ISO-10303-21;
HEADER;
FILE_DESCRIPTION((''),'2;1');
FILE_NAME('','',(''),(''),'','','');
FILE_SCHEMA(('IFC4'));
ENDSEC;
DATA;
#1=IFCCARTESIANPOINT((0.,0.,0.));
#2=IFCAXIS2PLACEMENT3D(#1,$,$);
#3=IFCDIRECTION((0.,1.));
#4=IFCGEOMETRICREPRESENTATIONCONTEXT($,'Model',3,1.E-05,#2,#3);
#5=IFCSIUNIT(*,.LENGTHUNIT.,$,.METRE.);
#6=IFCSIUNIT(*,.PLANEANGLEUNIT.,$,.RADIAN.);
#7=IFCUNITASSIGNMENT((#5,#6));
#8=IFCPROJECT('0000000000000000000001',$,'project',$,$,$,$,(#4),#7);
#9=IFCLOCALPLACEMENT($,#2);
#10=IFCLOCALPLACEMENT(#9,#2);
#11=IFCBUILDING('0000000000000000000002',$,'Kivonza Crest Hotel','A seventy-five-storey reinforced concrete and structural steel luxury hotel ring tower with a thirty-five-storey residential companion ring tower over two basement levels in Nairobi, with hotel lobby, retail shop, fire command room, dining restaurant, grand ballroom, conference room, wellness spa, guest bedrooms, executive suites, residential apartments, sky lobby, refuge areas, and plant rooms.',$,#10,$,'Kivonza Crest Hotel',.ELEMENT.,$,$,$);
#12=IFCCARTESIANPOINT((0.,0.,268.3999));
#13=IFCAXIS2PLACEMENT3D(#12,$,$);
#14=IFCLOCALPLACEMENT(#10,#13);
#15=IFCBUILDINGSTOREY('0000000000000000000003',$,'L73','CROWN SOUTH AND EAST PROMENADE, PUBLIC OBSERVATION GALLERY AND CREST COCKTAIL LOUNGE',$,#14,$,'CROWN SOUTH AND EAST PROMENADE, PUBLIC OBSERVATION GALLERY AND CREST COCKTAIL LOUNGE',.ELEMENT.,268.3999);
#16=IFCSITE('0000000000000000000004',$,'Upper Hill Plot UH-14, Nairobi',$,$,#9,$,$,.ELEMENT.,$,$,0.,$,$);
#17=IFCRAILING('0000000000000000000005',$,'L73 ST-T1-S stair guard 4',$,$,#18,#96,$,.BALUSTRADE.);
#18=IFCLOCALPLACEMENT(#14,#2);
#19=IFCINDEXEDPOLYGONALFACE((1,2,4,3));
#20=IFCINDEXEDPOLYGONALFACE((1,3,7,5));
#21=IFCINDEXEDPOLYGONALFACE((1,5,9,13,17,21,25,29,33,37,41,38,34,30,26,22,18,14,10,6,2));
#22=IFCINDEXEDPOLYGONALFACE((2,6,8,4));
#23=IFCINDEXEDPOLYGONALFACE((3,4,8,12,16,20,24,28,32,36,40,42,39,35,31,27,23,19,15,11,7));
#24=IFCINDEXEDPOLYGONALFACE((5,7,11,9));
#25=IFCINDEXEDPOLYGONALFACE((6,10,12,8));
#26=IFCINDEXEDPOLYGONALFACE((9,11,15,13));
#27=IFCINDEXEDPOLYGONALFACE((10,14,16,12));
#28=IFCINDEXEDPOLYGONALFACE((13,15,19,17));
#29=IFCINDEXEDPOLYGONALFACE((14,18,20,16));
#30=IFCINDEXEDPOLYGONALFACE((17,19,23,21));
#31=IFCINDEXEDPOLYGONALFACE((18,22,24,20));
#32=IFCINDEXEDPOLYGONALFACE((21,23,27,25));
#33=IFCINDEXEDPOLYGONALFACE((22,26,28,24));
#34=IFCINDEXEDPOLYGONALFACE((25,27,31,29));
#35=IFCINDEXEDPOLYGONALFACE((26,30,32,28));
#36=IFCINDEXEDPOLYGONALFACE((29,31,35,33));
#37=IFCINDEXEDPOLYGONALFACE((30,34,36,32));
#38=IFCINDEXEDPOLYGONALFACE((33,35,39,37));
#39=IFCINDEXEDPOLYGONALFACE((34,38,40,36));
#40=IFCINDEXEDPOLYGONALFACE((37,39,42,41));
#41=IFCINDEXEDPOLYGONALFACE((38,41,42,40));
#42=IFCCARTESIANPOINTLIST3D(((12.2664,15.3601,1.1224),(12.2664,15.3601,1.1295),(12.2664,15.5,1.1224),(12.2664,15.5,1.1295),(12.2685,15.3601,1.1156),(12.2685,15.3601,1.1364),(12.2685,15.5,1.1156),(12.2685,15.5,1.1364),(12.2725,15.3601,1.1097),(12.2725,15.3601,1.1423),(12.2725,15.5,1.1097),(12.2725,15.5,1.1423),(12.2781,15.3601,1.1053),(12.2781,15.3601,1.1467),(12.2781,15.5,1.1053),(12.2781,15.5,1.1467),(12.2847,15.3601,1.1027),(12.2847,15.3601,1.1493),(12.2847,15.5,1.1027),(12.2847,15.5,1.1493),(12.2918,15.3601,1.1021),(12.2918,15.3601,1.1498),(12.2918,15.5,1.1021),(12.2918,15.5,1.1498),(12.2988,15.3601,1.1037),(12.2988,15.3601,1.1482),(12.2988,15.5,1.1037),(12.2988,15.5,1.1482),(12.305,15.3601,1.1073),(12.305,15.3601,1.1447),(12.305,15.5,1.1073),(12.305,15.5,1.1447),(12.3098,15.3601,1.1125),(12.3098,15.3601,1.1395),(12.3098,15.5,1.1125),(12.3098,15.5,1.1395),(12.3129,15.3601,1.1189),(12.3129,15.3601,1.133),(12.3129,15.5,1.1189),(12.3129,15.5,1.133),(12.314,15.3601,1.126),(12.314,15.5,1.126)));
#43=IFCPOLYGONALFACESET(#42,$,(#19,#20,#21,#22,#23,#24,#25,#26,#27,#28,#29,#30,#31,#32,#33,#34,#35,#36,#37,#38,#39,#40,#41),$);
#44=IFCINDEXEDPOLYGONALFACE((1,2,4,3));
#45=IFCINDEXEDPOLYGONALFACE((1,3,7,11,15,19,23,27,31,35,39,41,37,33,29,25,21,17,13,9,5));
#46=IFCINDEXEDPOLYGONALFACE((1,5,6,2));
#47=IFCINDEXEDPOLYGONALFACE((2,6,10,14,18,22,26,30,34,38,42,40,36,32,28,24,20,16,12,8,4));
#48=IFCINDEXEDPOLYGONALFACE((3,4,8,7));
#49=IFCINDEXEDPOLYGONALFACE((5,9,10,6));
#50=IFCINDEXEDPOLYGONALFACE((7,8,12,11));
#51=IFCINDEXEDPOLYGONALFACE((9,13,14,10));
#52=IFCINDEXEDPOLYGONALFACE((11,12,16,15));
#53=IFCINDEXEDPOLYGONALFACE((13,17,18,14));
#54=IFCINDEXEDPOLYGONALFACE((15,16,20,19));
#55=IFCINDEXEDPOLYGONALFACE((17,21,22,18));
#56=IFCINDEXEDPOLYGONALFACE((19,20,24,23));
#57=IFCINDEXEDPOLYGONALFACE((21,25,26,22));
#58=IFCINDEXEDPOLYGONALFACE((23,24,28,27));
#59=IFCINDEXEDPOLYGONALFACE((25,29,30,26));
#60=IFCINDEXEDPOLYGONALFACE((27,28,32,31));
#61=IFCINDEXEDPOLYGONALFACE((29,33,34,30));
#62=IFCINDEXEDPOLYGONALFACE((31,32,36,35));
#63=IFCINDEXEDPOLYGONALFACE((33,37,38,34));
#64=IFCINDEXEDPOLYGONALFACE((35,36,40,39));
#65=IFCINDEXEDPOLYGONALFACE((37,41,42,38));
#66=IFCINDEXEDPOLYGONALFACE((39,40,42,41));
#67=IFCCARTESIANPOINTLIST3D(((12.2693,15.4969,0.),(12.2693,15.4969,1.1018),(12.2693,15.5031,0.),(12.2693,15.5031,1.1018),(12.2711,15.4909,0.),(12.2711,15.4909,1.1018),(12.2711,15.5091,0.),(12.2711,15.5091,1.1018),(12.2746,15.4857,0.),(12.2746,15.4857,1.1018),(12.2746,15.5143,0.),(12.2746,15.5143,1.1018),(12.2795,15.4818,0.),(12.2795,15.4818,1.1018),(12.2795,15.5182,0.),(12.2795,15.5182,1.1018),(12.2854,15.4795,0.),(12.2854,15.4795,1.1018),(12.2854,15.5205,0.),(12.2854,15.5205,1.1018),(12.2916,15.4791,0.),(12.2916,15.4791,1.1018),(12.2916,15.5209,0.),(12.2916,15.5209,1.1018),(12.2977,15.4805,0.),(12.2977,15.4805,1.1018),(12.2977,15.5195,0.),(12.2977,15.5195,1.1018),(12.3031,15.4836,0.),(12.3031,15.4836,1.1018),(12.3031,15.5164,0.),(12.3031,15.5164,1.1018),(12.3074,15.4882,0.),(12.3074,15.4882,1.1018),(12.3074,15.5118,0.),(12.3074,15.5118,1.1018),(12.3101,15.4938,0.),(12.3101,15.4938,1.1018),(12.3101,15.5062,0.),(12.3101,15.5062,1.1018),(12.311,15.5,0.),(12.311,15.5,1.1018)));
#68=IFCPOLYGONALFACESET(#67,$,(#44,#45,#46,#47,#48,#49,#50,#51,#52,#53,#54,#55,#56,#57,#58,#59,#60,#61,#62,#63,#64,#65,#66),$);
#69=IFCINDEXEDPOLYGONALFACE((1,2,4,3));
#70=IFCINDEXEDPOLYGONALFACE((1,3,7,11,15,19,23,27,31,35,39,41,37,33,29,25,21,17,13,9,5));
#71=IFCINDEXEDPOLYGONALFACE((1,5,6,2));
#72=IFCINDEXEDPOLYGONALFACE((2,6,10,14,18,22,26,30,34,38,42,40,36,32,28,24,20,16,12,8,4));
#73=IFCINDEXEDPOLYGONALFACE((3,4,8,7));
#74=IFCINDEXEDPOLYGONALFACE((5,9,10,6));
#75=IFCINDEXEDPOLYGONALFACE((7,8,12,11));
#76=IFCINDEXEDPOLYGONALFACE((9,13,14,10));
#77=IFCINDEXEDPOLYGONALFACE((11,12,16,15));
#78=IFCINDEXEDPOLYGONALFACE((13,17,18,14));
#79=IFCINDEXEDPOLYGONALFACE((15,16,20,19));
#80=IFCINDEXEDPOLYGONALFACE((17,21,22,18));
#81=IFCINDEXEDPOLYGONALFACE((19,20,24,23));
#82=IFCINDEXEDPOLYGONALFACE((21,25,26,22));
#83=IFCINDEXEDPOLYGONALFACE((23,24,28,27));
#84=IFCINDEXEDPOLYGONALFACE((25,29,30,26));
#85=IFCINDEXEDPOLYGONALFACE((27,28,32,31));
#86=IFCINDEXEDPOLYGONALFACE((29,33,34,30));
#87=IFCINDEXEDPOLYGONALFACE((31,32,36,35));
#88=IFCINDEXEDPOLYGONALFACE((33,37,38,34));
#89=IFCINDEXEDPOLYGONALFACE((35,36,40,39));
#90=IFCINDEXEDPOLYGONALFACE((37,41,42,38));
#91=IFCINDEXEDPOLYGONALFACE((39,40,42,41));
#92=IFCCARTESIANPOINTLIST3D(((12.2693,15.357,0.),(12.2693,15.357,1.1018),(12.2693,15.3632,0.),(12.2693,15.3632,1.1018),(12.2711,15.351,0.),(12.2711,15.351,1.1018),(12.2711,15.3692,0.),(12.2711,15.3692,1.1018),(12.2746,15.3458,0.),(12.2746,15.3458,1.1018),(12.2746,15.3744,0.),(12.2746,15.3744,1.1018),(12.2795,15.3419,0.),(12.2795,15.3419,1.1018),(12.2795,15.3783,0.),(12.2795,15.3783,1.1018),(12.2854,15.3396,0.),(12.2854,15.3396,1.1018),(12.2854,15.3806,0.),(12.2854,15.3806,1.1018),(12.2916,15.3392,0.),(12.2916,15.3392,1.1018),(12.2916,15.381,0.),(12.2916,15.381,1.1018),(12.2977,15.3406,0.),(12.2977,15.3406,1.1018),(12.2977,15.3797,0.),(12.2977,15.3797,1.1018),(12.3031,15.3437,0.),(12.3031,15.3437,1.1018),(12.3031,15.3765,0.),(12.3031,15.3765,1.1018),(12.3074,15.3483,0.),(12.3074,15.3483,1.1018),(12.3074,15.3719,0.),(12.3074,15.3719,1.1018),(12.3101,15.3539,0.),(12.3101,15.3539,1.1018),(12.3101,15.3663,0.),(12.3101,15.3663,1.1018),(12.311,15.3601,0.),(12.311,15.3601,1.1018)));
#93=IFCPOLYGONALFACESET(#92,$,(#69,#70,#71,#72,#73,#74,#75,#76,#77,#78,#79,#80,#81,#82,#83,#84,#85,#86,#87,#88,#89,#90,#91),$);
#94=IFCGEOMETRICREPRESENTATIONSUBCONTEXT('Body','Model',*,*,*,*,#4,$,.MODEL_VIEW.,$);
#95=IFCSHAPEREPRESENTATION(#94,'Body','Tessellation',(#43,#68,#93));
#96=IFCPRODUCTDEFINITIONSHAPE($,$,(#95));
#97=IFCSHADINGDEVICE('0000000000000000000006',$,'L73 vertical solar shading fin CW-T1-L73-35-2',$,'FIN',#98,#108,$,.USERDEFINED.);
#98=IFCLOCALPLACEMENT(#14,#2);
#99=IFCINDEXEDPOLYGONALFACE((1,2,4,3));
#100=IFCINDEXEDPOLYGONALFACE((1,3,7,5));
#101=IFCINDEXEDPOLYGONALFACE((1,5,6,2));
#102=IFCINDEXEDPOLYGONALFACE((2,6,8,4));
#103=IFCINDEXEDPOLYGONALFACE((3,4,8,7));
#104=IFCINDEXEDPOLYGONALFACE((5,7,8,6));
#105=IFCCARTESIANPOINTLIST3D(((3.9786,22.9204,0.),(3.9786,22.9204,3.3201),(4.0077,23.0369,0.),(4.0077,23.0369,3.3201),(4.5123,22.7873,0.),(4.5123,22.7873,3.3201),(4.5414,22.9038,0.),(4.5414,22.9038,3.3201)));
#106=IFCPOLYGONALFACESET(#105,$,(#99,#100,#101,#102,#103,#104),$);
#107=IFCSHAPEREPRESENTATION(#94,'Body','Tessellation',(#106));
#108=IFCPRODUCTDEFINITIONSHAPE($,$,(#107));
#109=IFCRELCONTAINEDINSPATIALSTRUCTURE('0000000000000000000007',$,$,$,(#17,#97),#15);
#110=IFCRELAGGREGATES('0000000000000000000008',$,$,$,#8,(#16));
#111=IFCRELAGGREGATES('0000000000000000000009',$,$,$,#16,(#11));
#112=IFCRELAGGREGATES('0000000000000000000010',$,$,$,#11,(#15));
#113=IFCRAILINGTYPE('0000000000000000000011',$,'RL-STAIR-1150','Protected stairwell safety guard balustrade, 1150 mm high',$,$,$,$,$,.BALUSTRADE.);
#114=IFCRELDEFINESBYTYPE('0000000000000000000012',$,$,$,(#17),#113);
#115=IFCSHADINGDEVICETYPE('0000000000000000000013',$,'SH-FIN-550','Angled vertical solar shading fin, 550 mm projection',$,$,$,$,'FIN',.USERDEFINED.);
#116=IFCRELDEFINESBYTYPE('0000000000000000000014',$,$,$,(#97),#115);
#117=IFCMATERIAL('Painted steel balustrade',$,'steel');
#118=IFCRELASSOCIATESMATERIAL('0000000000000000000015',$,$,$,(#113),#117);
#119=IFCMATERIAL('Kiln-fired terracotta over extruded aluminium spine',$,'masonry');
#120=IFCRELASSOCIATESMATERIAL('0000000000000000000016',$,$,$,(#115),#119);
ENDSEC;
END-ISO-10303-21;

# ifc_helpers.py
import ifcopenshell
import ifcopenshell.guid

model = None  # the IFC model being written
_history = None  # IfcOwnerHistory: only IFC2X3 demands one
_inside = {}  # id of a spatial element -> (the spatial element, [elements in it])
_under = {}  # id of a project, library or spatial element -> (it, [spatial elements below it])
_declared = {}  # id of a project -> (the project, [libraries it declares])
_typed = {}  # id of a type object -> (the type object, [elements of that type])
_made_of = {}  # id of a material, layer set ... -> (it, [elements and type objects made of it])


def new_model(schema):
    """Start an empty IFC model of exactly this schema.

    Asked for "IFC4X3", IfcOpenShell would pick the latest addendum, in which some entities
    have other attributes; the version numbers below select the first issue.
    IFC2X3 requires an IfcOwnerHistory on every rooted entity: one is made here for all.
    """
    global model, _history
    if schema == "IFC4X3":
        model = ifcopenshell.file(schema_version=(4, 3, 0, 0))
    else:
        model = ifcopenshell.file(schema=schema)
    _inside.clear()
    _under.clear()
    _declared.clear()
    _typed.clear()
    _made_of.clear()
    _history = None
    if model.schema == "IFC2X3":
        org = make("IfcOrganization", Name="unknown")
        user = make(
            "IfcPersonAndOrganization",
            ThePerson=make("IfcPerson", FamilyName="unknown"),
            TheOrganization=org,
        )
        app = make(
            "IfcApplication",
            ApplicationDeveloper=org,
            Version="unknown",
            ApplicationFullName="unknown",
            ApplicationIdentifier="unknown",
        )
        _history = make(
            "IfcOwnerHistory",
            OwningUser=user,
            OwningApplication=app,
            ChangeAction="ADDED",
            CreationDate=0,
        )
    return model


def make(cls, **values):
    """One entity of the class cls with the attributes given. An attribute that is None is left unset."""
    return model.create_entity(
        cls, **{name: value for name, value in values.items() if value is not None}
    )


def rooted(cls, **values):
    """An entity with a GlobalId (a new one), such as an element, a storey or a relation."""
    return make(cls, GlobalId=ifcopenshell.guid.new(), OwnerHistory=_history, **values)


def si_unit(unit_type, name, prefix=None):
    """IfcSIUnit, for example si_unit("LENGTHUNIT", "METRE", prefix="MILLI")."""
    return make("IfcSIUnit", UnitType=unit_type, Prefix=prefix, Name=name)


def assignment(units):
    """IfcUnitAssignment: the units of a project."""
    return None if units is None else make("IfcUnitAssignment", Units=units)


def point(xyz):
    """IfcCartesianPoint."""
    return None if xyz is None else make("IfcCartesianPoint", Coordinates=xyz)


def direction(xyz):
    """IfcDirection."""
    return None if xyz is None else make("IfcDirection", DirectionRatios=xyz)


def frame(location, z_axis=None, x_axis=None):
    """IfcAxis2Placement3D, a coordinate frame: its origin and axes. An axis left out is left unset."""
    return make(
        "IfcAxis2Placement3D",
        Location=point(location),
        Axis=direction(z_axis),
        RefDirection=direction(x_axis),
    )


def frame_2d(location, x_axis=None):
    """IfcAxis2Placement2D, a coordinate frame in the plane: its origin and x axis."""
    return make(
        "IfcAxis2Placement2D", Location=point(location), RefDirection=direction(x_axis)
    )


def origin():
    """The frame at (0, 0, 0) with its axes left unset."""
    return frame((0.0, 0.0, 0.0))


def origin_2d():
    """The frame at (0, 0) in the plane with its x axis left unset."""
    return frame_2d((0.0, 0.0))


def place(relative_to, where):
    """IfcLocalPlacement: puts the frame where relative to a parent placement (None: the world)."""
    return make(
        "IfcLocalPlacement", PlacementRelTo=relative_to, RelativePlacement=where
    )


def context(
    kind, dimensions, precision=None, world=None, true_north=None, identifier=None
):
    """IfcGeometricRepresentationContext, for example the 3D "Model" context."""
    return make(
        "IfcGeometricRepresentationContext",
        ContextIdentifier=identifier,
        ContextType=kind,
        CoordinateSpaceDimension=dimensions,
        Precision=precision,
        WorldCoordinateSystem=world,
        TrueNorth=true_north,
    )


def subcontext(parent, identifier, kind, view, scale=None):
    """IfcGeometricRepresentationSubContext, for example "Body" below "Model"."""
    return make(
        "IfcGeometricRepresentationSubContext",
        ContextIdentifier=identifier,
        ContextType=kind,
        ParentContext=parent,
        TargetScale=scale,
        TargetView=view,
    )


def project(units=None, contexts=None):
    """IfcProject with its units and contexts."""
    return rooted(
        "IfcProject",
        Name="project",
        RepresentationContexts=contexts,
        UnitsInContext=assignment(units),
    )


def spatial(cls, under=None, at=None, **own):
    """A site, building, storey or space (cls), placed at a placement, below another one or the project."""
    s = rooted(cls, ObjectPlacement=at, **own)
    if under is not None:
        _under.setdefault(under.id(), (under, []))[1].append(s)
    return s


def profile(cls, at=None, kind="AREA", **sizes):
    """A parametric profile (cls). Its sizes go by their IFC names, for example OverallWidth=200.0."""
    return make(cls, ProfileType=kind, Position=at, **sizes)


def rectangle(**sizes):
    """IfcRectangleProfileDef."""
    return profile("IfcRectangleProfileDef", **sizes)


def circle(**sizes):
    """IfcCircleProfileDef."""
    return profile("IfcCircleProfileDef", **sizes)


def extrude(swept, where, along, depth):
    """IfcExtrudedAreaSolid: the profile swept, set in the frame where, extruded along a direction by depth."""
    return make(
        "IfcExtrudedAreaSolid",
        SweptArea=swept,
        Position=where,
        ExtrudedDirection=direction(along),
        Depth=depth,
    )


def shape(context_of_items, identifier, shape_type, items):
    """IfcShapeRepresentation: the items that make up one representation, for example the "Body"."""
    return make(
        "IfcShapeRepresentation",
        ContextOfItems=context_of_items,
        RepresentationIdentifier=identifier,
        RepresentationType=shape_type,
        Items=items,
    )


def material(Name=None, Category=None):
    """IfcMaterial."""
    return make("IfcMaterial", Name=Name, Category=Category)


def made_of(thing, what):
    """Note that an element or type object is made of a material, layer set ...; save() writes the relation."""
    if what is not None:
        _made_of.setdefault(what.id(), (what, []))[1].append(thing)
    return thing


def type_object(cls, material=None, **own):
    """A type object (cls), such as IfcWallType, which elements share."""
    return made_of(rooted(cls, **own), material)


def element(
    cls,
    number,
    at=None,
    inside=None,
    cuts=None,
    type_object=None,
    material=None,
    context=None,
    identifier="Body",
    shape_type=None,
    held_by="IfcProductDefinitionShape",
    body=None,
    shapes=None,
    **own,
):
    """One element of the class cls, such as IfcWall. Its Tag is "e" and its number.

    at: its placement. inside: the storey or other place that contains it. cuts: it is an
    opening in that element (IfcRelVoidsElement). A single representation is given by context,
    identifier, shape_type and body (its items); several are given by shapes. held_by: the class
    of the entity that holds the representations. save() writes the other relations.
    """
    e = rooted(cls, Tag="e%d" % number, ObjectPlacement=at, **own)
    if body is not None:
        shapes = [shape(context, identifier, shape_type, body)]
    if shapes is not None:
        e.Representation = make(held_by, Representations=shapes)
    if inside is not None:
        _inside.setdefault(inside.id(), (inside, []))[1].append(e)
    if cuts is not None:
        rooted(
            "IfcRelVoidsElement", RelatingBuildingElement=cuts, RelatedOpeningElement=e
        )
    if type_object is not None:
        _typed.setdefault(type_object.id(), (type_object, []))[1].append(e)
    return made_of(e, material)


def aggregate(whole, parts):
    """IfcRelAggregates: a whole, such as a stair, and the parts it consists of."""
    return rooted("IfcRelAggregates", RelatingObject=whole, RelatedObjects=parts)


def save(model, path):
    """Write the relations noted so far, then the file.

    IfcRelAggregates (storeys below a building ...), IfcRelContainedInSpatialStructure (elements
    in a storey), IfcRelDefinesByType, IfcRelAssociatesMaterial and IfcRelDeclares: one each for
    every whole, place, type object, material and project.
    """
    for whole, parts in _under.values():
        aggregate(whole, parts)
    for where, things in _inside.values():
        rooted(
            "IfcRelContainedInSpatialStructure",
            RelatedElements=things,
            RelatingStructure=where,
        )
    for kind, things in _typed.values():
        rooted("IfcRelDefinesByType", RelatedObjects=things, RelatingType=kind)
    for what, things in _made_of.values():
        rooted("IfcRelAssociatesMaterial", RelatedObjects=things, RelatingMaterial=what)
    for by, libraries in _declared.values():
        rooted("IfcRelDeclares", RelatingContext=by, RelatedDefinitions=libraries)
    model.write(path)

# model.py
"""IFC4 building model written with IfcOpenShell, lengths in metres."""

from ifc_helpers import new_model, si_unit, direction, frame, origin, origin_2d, place, context, subcontext, project, spatial, rectangle, circle, extrude, material, type_object, element, save


model = new_model("IFC4")

# Units and contexts
model_context = context("Model", 3, precision=1e-05, world=origin(), true_north=direction((0.0, 1.0)))
body_context = subcontext(model_context, "Body", "Model", "MODEL_VIEW")
ifc_project = project(units=[si_unit("LENGTHUNIT", "METRE"), si_unit("PLANEANGLEUNIT", "RADIAN")], contexts=[model_context])

# Site, building, storey
site_placement = place(None, origin())
site = spatial("IfcSite", under=ifc_project, at=site_placement, Name="Upper Hill Plot UH-14, Nairobi", CompositionType="ELEMENT", RefElevation=0.0)
building_placement = place(site_placement, origin())
building = spatial("IfcBuilding", under=site, at=building_placement, Name="Kivonza Crest Hotel", Description="A seventy-five-storey reinforced concrete and structural steel luxury hotel ring tower with a thirty-five-storey residential companion ring tower over two basement levels in Nairobi, with hotel lobby, retail shop, fire command room, dining restaurant, grand ballroom, conference room, wellness spa, guest bedrooms, executive suites, residential apartments, sky lobby, refuge areas, and plant rooms.", LongName="Kivonza Crest Hotel", CompositionType="ELEMENT")
storey_placement = place(building_placement, frame((0.0, 0.0, 268.3999)))
storey = spatial("IfcBuildingStorey", under=building, at=storey_placement, Name="L73", Description="CROWN SOUTH AND EAST PROMENADE, PUBLIC OBSERVATION GALLERY AND CREST COCKTAIL LOUNGE", LongName="CROWN SOUTH AND EAST PROMENADE, PUBLIC OBSERVATION GALLERY AND CREST COCKTAIL LOUNGE", CompositionType="ELEMENT", Elevation=268.3999)

# Railing
ifc_material_1 = material(Name="Painted steel balustrade", Category="steel")
railing_type_1 = type_object("IfcRailingType", Name="RL-STAIR-1150", Description="Protected stairwell safety guard balustrade, 1150 mm high", PredefinedType="BALUSTRADE", material=ifc_material_1)
railing_1_placement = place(storey_placement, frame((12.29, 15.5, 0.0)))
element("IfcRailing", 1, at=railing_1_placement, inside=storey, type_object=railing_type_1, Name="L73 ST-T1-S stair guard 4", PredefinedType="BALUSTRADE", context=body_context, shape_type="SweptSolid", body=[
    extrude(circle(Radius=0.0239, at=origin_2d()), frame((0.0, 0.0, 1.126), z_axis=(0.0, -1.0, 0.0), x_axis=(1.0, 0.0, 0.0)), (0.0, 0.0, 1.0), 0.1399),
    extrude(circle(Radius=0.021, at=origin_2d()), origin(), (0.0, 0.0, 1.0), 1.1018),
    extrude(circle(Radius=0.021, at=origin_2d()), frame((0.0, -0.1399, 0.0)), (0.0, 0.0, 1.0), 1.1018),
])

# Shading device
ifc_material_2 = material(Name="Kiln-fired terracotta over extruded aluminium spine", Category="masonry")
shading_device_type = type_object("IfcShadingDeviceType", Name="SH-FIN-550", Description="Angled vertical solar shading fin, 550 mm projection", ElementType="FIN", PredefinedType="USERDEFINED", material=ifc_material_2)
shading_device_placement = place(storey_placement, frame((4.26, 22.9121, 0.0), z_axis=(0.0, 0.0, 1.0), x_axis=(-0.241922, -0.970296, 0.0)))
element("IfcShadingDevice", 2, at=shading_device_placement, inside=storey, type_object=shading_device_type, Name="L73 vertical solar shading fin CW-T1-L73-35-2", ObjectType="FIN", PredefinedType="USERDEFINED", context=body_context, shape_type="SweptSolid", body=[
    extrude(rectangle(XDim=0.1201, YDim=0.55, at=origin_2d()), origin(), (0.0, 0.0, 1.0), 3.3201),
])

save(model, "model.ifc")
